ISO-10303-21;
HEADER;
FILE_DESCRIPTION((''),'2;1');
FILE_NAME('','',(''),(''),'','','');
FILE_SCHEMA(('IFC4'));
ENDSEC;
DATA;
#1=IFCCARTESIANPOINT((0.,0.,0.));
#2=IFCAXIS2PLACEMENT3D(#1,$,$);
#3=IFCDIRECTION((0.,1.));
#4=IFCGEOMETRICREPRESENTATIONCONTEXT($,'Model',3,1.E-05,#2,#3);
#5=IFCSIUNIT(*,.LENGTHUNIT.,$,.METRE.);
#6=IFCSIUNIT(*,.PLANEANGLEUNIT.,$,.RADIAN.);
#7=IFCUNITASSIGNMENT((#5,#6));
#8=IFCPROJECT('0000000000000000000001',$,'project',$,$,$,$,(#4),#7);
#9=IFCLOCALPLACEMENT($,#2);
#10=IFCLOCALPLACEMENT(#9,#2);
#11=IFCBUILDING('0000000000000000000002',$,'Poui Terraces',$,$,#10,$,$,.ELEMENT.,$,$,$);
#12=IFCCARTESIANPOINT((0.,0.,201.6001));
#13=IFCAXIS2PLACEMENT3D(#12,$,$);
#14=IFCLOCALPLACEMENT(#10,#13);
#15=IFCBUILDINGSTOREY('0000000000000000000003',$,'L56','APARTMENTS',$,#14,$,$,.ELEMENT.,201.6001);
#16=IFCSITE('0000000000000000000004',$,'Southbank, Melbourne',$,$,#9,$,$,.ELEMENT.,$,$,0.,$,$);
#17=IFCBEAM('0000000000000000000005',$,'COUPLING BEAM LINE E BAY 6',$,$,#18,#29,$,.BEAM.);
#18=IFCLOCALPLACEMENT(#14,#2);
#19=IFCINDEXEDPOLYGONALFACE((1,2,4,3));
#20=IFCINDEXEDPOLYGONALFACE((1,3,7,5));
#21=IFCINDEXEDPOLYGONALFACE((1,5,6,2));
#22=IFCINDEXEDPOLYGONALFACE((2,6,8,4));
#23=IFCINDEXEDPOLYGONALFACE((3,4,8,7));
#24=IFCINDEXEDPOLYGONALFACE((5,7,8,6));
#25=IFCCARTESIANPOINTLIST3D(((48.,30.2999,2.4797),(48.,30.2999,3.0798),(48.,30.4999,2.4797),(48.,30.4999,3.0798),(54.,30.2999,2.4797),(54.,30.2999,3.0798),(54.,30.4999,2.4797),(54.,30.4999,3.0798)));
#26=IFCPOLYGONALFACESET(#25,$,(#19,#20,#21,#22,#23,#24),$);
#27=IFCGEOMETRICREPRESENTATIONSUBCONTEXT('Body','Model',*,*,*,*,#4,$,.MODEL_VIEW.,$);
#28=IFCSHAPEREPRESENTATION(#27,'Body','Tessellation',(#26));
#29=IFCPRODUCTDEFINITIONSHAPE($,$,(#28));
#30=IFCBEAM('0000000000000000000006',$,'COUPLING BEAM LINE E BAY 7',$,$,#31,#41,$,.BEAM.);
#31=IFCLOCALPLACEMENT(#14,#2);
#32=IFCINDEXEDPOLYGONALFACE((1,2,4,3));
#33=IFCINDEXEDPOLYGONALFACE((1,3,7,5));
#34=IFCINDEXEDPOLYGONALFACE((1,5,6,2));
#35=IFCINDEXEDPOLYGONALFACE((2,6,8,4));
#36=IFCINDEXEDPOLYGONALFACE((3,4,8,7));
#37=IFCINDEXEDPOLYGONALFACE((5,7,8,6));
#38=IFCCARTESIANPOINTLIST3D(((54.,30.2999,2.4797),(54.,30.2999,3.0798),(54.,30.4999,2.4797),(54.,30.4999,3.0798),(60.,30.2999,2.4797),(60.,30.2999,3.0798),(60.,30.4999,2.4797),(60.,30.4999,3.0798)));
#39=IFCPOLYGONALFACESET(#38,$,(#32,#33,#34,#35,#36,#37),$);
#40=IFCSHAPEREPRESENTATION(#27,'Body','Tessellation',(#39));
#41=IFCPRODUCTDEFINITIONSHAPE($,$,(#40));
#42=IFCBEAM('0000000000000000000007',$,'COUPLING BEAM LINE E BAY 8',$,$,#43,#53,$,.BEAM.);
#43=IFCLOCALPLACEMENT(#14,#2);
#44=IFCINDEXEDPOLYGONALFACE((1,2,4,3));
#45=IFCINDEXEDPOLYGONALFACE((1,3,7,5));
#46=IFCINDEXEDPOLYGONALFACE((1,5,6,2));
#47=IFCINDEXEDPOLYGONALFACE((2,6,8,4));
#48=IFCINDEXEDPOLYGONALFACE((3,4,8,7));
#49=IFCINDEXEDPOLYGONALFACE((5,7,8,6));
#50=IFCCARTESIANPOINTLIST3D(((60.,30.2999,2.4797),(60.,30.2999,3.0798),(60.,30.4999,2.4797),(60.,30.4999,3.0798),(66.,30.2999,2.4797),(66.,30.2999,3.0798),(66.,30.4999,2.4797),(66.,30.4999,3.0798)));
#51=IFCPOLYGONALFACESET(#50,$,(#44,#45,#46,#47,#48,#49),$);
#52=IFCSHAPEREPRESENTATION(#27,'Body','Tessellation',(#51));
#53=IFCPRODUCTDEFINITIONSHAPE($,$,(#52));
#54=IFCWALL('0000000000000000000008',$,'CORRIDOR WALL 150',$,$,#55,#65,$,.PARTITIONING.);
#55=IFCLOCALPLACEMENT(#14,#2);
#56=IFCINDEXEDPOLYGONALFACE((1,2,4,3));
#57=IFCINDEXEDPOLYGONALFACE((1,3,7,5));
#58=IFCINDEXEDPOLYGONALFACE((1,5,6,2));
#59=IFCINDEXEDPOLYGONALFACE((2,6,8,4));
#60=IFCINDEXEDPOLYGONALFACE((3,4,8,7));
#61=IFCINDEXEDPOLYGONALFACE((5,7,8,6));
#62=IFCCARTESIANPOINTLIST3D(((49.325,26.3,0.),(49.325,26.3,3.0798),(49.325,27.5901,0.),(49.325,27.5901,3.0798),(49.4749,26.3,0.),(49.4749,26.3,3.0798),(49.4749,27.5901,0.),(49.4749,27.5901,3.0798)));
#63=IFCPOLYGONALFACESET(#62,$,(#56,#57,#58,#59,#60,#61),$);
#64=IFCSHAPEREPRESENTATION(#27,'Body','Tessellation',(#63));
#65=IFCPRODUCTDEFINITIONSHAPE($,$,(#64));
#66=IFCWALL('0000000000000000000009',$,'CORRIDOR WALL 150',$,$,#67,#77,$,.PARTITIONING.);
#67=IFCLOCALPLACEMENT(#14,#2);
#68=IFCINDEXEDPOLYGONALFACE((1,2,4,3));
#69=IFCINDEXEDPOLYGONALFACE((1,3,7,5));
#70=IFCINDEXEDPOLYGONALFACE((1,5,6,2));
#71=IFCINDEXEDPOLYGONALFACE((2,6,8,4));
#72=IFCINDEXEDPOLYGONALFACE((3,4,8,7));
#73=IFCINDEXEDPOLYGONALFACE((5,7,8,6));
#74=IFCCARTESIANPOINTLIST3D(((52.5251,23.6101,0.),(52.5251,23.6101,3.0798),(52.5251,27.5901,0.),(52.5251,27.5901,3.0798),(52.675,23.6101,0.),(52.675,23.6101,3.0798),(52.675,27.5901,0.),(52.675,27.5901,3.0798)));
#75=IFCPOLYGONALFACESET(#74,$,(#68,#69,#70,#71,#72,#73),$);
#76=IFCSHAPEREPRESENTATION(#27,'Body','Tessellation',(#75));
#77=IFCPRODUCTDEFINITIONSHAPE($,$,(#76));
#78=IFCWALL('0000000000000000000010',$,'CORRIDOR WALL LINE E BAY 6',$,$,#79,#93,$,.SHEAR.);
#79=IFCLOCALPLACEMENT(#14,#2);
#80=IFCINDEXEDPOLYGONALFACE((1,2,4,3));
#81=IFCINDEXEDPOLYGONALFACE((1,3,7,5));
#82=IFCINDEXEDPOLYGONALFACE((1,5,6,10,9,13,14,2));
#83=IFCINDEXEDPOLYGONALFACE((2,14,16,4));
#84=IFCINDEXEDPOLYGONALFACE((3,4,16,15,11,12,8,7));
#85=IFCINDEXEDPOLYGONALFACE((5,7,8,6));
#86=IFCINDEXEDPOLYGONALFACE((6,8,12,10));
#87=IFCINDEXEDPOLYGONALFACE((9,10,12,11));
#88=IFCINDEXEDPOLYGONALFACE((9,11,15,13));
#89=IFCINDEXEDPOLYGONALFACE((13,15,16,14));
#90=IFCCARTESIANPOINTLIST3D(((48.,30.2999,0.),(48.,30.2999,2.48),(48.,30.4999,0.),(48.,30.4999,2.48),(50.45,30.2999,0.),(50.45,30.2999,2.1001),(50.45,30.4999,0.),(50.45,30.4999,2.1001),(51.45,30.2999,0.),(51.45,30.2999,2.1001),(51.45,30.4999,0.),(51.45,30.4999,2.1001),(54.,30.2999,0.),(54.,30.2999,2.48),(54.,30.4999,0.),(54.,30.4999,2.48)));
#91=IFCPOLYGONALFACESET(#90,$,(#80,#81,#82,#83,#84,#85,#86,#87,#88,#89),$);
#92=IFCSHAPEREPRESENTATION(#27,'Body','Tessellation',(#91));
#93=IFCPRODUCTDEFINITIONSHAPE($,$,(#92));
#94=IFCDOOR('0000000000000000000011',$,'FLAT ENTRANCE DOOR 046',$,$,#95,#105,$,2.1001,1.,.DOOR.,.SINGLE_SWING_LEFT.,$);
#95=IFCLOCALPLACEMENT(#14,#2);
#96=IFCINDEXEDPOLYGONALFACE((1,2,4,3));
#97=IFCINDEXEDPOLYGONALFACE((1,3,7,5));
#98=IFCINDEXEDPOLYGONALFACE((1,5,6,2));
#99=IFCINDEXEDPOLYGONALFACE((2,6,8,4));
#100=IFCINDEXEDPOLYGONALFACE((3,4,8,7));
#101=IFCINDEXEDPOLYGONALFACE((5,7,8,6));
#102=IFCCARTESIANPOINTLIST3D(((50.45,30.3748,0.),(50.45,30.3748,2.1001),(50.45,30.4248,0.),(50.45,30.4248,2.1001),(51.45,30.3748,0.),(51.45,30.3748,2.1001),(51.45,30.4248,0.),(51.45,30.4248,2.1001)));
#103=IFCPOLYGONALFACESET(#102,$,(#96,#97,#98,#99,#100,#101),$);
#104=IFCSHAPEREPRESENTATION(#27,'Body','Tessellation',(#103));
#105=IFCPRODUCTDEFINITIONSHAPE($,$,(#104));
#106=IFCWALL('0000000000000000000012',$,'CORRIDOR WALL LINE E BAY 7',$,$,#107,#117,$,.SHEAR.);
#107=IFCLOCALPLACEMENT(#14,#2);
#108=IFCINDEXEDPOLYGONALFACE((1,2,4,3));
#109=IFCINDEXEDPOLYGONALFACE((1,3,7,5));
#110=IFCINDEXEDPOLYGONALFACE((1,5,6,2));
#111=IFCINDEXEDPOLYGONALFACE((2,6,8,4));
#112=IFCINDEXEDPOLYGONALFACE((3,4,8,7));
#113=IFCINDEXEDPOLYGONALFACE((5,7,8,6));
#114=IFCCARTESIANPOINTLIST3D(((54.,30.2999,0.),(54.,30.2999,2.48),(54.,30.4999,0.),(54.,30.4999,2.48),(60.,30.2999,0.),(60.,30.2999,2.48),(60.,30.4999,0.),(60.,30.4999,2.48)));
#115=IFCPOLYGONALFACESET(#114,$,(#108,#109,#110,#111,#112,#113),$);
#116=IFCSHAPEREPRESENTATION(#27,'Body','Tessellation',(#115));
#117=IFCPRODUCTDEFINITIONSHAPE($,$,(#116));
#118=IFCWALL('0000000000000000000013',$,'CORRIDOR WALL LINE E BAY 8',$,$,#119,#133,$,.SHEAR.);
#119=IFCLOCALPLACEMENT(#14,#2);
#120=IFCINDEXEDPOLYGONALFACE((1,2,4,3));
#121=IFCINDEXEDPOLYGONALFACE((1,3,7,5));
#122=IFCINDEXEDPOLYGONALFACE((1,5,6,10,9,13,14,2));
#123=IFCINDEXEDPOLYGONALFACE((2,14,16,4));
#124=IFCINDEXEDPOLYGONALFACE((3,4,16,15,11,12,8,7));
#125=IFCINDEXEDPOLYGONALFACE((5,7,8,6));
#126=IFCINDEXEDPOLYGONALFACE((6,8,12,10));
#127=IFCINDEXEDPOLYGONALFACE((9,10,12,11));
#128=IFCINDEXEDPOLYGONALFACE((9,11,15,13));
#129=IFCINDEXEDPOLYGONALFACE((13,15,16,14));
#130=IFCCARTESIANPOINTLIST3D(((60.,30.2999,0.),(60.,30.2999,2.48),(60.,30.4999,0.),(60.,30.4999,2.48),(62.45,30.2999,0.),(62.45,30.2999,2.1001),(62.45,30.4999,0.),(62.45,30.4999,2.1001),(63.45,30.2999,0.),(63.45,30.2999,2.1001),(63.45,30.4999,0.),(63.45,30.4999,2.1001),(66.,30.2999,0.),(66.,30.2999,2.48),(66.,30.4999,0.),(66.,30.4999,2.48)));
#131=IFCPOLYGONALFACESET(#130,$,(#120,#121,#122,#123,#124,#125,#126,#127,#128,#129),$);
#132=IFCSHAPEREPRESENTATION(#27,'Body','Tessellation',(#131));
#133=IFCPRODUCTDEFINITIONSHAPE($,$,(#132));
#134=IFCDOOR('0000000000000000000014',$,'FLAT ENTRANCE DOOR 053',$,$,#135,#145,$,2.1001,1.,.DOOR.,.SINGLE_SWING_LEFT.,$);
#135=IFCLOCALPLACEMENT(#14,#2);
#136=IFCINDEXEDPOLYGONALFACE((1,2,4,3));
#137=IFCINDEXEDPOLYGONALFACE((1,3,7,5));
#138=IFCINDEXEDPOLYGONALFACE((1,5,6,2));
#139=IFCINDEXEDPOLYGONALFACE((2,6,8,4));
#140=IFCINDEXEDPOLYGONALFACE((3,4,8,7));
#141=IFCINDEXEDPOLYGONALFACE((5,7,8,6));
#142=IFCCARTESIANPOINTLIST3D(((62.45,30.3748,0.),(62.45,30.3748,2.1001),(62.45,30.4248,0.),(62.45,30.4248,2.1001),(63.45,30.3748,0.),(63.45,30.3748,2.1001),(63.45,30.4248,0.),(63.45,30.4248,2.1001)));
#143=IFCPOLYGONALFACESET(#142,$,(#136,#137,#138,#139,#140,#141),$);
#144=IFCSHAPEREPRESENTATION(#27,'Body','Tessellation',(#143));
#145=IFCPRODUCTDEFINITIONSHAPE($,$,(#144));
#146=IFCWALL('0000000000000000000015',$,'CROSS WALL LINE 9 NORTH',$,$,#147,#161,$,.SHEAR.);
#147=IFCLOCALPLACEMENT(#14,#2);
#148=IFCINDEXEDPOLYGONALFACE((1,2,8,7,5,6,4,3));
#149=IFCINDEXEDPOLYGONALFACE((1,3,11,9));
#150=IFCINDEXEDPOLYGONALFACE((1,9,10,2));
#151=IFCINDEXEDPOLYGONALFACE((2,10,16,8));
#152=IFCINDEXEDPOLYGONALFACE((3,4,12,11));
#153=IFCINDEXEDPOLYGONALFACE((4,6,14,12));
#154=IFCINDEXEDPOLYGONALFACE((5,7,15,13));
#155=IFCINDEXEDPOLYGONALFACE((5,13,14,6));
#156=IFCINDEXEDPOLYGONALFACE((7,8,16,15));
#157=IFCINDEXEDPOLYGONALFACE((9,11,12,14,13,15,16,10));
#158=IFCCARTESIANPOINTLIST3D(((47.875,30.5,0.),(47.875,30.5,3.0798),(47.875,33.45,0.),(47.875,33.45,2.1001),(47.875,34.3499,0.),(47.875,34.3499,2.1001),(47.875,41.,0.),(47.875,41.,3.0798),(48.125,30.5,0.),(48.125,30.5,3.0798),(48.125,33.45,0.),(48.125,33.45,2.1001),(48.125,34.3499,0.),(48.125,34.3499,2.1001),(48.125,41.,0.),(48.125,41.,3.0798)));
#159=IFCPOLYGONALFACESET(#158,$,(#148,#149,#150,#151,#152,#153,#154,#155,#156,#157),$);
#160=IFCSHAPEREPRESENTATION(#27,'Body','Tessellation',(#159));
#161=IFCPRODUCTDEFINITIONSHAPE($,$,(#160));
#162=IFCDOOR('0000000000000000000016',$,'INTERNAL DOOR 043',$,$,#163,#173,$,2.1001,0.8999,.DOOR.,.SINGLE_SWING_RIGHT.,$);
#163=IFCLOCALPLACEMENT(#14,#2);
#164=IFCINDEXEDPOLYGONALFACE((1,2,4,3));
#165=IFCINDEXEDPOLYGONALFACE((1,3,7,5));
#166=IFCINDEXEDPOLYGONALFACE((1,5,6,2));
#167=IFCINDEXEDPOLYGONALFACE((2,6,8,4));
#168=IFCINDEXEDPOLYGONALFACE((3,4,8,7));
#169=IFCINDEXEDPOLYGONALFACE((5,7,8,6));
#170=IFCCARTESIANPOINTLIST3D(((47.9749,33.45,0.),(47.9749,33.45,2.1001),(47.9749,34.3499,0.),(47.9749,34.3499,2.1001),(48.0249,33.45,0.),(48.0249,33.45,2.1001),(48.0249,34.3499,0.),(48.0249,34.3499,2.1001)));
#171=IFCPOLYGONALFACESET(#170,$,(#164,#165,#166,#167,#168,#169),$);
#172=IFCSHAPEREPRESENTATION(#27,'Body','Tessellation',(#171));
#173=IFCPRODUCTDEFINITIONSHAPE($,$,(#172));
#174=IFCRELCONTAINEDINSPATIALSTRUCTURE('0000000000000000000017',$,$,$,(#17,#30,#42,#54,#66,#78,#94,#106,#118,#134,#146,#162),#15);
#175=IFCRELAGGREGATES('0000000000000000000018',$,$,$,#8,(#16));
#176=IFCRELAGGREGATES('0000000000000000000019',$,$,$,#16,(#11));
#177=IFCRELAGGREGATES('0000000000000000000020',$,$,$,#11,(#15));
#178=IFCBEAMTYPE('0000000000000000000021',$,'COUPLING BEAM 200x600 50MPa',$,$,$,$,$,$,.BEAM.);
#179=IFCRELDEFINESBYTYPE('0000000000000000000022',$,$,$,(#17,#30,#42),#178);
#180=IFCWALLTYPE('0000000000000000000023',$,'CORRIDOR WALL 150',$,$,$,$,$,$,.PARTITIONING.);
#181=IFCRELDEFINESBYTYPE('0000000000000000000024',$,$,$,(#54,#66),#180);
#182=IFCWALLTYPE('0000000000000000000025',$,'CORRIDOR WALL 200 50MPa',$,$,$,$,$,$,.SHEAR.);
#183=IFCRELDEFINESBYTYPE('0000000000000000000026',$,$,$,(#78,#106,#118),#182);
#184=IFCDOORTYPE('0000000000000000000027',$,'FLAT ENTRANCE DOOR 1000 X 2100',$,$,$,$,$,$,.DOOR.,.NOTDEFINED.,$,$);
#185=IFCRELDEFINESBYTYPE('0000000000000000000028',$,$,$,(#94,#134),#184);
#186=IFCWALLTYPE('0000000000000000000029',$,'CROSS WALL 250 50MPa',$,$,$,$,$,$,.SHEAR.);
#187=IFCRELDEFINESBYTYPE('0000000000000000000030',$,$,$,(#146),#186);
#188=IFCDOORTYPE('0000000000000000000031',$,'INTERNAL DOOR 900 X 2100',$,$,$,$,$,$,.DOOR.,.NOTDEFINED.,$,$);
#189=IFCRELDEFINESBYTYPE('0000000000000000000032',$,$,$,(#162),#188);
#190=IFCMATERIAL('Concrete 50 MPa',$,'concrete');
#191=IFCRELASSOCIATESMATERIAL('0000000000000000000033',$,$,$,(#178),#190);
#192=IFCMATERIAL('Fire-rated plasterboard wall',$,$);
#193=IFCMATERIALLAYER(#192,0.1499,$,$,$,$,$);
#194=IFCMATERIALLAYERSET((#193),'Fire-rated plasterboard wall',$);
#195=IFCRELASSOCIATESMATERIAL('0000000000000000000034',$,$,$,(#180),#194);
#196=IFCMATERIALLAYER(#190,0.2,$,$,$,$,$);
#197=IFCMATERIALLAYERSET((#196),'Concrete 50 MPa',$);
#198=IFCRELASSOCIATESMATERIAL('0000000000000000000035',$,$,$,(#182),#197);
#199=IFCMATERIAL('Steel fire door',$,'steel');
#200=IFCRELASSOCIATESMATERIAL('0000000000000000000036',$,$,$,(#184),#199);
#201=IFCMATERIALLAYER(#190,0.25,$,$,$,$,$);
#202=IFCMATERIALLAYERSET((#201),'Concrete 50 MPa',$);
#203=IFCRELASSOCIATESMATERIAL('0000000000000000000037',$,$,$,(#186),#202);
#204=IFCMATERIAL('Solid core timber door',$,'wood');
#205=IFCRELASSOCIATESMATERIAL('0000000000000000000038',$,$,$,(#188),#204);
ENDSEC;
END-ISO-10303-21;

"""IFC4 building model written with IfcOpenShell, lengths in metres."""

from ifc_helpers import new_model, si_unit, direction, frame, frame_2d, origin, origin_2d, place, context, subcontext, project, spatial, rectangle, extrude, source, transform, mapped, material, layer, layer_set, material_profile, profile_set, type_object, element, fill, save


model = new_model("IFC4")

# Units and contexts
model_context = context("Model", 3, precision=1e-05, world=origin(), true_north=direction((0.0, 1.0)))
body_context = subcontext(model_context, "Body", "Model", "MODEL_VIEW")
ifc_project = project(units=[si_unit("LENGTHUNIT", "METRE"), si_unit("PLANEANGLEUNIT", "RADIAN")], contexts=[model_context])

# Site, building, storey
site_placement = place(None, origin())
site = spatial("IfcSite", under=ifc_project, at=site_placement, Name="Southbank, Melbourne", CompositionType="ELEMENT", RefElevation=0.0)
building_placement = place(site_placement, origin())
building = spatial("IfcBuilding", under=site, at=building_placement, Name="Poui Terraces", CompositionType="ELEMENT")
storey_placement = place(building_placement, frame((0.0, 0.0, 201.6001)))
storey = spatial("IfcBuildingStorey", under=building, at=storey_placement, Name="L56", Description="APARTMENTS", CompositionType="ELEMENT", Elevation=201.6001)

# Beams
ifc_material_1 = material(Name="Concrete 50 MPa", Category="concrete")
ifc_material_profile = material_profile(ifc_material_1, rectangle(XDim=0.2, YDim=0.6001, at=origin_2d()), Name="RC 200x600")
ifc_profile_set = profile_set([ifc_material_profile], Name="Concrete 50 MPa")
beam_type = type_object("IfcBeamType", Name="COUPLING BEAM 200x600 50MPa", PredefinedType="BEAM", material=ifc_profile_set)
shared_shape = source(origin(), body_context, "Body", "SweptSolid", [
    extrude(rectangle(XDim=0.2, YDim=0.6001, at=origin_2d()), origin(), (0.0, 0.0, 1.0), 6.0),
])
for number, where, z_axis, x_axis, name in (
    (1, (48.0, 30.3999, 2.7798), (1.0, 0.0, 0.0), (0.0, 1.0, 0.0), "COUPLING BEAM LINE E BAY 6"),
    (2, (54.0, 30.3999, 2.7798), (1.0, 0.0, 0.0), (0.0, 1.0, 0.0), "COUPLING BEAM LINE E BAY 7"),
    (3, (60.0, 30.3999, 2.7798), (1.0, 0.0, 0.0), (0.0, 1.0, 0.0), "COUPLING BEAM LINE E BAY 8"),
):
    element("IfcBeam", number, at=place(storey_placement, frame(where, z_axis=z_axis, x_axis=x_axis)), inside=storey, type_object=beam_type, Name=name, PredefinedType="BEAM", context=body_context, shape_type="MappedRepresentation", body=[
        mapped(shared_shape, transform((0.0, 0.0, 0.0))),
    ])

# Walls
ifc_material_2 = material(Name="Fire-rated plasterboard wall")
ifc_layer_1 = layer(ifc_material_2, 0.1499)
ifc_layer_set_1 = layer_set([ifc_layer_1], Name="Fire-rated plasterboard wall")
wall_type_1 = type_object("IfcWallType", Name="CORRIDOR WALL 150", PredefinedType="PARTITIONING", material=ifc_layer_set_1)
wall_1_placement = place(storey_placement, frame((49.3999, 26.3, 0.0), z_axis=(0.0, 0.0, 1.0), x_axis=(0.0, 1.0, 0.0)))
element("IfcWall", 4, at=wall_1_placement, inside=storey, type_object=wall_type_1, Name="CORRIDOR WALL 150", PredefinedType="PARTITIONING", context=body_context, shape_type="SweptSolid", body=[
    extrude(rectangle(XDim=1.29, YDim=0.1499, at=frame_2d((0.645, 0.0))), origin(), (0.0, 0.0, 1.0), 3.0798),
])
wall_2_placement = place(storey_placement, frame((52.6001, 23.6101, 0.0), z_axis=(0.0, 0.0, 1.0), x_axis=(0.0, 1.0, 0.0)))
element("IfcWall", 5, at=wall_2_placement, inside=storey, type_object=wall_type_1, Name="CORRIDOR WALL 150", PredefinedType="PARTITIONING", context=body_context, shape_type="SweptSolid", body=[
    extrude(rectangle(XDim=3.98, YDim=0.1499, at=frame_2d((1.99, 0.0))), origin(), (0.0, 0.0, 1.0), 3.0798),
])

# Wall, opening, door
ifc_layer_2 = layer(ifc_material_1, 0.2)
ifc_layer_set_2 = layer_set([ifc_layer_2], Name="Concrete 50 MPa")
wall_type_2 = type_object("IfcWallType", Name="CORRIDOR WALL 200 50MPa", PredefinedType="SHEAR", material=ifc_layer_set_2)
wall_3_placement = place(storey_placement, frame((48.0, 30.3999, 0.0), z_axis=(0.0, 0.0, 1.0), x_axis=(1.0, 0.0, 0.0)))
wall_3 = element("IfcWall", 6, at=wall_3_placement, inside=storey, type_object=wall_type_2, Name="CORRIDOR WALL LINE E BAY 6", PredefinedType="SHEAR", context=body_context, shape_type="SweptSolid", body=[
    extrude(rectangle(XDim=6.0, YDim=0.2, at=frame_2d((3.0, 0.0))), origin(), (0.0, 0.0, 1.0), 2.48),
])
opening_1_placement = place(wall_3_placement, frame((2.45, 0.0, 0.0)))
opening_1 = element("IfcOpeningElement", 7, at=opening_1_placement, cuts=wall_3, PredefinedType="OPENING", context=body_context, shape_type="SweptSolid", body=[
    extrude(rectangle(XDim=1.0, YDim=2.1001, at=frame_2d((0.5, 1.05))), frame((0.0, 0.1099, 0.0), z_axis=(0.0, -1.0, 0.0), x_axis=(1.0, 0.0, 0.0)), (0.0, 0.0, 1.0), 0.22),
])
ifc_material_3 = material(Name="Steel fire door", Category="steel")
door_type_1 = type_object("IfcDoorType", Name="FLAT ENTRANCE DOOR 1000 X 2100", OperationType="NOTDEFINED", PredefinedType="DOOR", material=ifc_material_3)
door_1_placement = place(opening_1_placement, origin())
door_1 = element("IfcDoor", 8, at=door_1_placement, inside=storey, type_object=door_type_1, Name="FLAT ENTRANCE DOOR 046", OperationType="SINGLE_SWING_LEFT", OverallHeight=2.1001, OverallWidth=1.0, PredefinedType="DOOR", context=body_context, shape_type="SweptSolid", body=[
    extrude(rectangle(XDim=1.0, YDim=2.1001, at=frame_2d((0.5, 1.05))), frame((0.0, 0.0249, 0.0), z_axis=(0.0, -1.0, 0.0), x_axis=(1.0, 0.0, 0.0)), (0.0, 0.0, 1.0), 0.05),
])
fill(opening_1, door_1)

# Wall
wall_4_placement = place(storey_placement, frame((54.0, 30.3999, 0.0), z_axis=(0.0, 0.0, 1.0), x_axis=(1.0, 0.0, 0.0)))
element("IfcWall", 9, at=wall_4_placement, inside=storey, type_object=wall_type_2, Name="CORRIDOR WALL LINE E BAY 7", PredefinedType="SHEAR", context=body_context, shape_type="SweptSolid", body=[
    extrude(rectangle(XDim=6.0, YDim=0.2, at=frame_2d((3.0, 0.0))), origin(), (0.0, 0.0, 1.0), 2.48),
])

# Walls, openings, doors
wall_5_placement = place(storey_placement, frame((60.0, 30.3999, 0.0), z_axis=(0.0, 0.0, 1.0), x_axis=(1.0, 0.0, 0.0)))
wall_5 = element("IfcWall", 10, at=wall_5_placement, inside=storey, type_object=wall_type_2, Name="CORRIDOR WALL LINE E BAY 8", PredefinedType="SHEAR", context=body_context, shape_type="SweptSolid", body=[
    extrude(rectangle(XDim=6.0, YDim=0.2, at=frame_2d((3.0, 0.0))), origin(), (0.0, 0.0, 1.0), 2.48),
])
opening_2_placement = place(wall_5_placement, frame((2.45, 0.0, 0.0)))
opening_2 = element("IfcOpeningElement", 11, at=opening_2_placement, cuts=wall_5, PredefinedType="OPENING", context=body_context, shape_type="SweptSolid", body=[
    extrude(rectangle(XDim=1.0, YDim=2.1001, at=frame_2d((0.5, 1.05))), frame((0.0, 0.1099, 0.0), z_axis=(0.0, -1.0, 0.0), x_axis=(1.0, 0.0, 0.0)), (0.0, 0.0, 1.0), 0.22),
])
door_2_placement = place(opening_2_placement, origin())
door_2 = element("IfcDoor", 12, at=door_2_placement, inside=storey, type_object=door_type_1, Name="FLAT ENTRANCE DOOR 053", OperationType="SINGLE_SWING_LEFT", OverallHeight=2.1001, OverallWidth=1.0, PredefinedType="DOOR", context=body_context, shape_type="SweptSolid", body=[
    extrude(rectangle(XDim=1.0, YDim=2.1001, at=frame_2d((0.5, 1.05))), frame((0.0, 0.0249, 0.0), z_axis=(0.0, -1.0, 0.0), x_axis=(1.0, 0.0, 0.0)), (0.0, 0.0, 1.0), 0.05),
])
fill(opening_2, door_2)
ifc_layer_3 = layer(ifc_material_1, 0.25)
ifc_layer_set_3 = layer_set([ifc_layer_3], Name="Concrete 50 MPa")
wall_type_3 = type_object("IfcWallType", Name="CROSS WALL 250 50MPa", PredefinedType="SHEAR", material=ifc_layer_set_3)
wall_6_placement = place(storey_placement, frame((48.0, 30.5, 0.0), z_axis=(0.0, 0.0, 1.0), x_axis=(0.0, 1.0, 0.0)))
wall_6 = element("IfcWall", 13, at=wall_6_placement, inside=storey, type_object=wall_type_3, Name="CROSS WALL LINE 9 NORTH", PredefinedType="SHEAR", context=body_context, shape_type="SweptSolid", body=[
    extrude(rectangle(XDim=10.5, YDim=0.25, at=frame_2d((5.25, 0.0))), origin(), (0.0, 0.0, 1.0), 3.0798),
])
opening_3_placement = place(wall_6_placement, frame((2.95, 0.0, 0.0)))
opening_3 = element("IfcOpeningElement", 14, at=opening_3_placement, cuts=wall_6, PredefinedType="OPENING", context=body_context, shape_type="SweptSolid", body=[
    extrude(rectangle(XDim=0.8999, YDim=2.1001, at=frame_2d((0.45, 1.05))), frame((0.0, 0.135, 0.0), z_axis=(0.0, -1.0, 0.0), x_axis=(1.0, 0.0, 0.0)), (0.0, 0.0, 1.0), 0.27),
])
ifc_material_4 = material(Name="Solid core timber door", Category="wood")
door_type_2 = type_object("IfcDoorType", Name="INTERNAL DOOR 900 X 2100", OperationType="NOTDEFINED", PredefinedType="DOOR", material=ifc_material_4)
door_3_placement = place(opening_3_placement, frame((0.8999, 0.0, 0.0), z_axis=(0.0, 0.0, 1.0), x_axis=(-1.0, 0.0, 0.0)))
door_3 = element("IfcDoor", 15, at=door_3_placement, inside=storey, type_object=door_type_2, Name="INTERNAL DOOR 043", OperationType="SINGLE_SWING_RIGHT", OverallHeight=2.1001, OverallWidth=0.8999, PredefinedType="DOOR", context=body_context, shape_type="SweptSolid", body=[
    extrude(rectangle(XDim=0.8999, YDim=2.1001, at=frame_2d((0.45, 1.05))), frame((0.0, 0.0249, 0.0), z_axis=(0.0, -1.0, 0.0), x_axis=(1.0, 0.0, 0.0)), (0.0, 0.0, 1.0), 0.05),
])
fill(opening_3, door_3)

save(model, "model.ifc")
